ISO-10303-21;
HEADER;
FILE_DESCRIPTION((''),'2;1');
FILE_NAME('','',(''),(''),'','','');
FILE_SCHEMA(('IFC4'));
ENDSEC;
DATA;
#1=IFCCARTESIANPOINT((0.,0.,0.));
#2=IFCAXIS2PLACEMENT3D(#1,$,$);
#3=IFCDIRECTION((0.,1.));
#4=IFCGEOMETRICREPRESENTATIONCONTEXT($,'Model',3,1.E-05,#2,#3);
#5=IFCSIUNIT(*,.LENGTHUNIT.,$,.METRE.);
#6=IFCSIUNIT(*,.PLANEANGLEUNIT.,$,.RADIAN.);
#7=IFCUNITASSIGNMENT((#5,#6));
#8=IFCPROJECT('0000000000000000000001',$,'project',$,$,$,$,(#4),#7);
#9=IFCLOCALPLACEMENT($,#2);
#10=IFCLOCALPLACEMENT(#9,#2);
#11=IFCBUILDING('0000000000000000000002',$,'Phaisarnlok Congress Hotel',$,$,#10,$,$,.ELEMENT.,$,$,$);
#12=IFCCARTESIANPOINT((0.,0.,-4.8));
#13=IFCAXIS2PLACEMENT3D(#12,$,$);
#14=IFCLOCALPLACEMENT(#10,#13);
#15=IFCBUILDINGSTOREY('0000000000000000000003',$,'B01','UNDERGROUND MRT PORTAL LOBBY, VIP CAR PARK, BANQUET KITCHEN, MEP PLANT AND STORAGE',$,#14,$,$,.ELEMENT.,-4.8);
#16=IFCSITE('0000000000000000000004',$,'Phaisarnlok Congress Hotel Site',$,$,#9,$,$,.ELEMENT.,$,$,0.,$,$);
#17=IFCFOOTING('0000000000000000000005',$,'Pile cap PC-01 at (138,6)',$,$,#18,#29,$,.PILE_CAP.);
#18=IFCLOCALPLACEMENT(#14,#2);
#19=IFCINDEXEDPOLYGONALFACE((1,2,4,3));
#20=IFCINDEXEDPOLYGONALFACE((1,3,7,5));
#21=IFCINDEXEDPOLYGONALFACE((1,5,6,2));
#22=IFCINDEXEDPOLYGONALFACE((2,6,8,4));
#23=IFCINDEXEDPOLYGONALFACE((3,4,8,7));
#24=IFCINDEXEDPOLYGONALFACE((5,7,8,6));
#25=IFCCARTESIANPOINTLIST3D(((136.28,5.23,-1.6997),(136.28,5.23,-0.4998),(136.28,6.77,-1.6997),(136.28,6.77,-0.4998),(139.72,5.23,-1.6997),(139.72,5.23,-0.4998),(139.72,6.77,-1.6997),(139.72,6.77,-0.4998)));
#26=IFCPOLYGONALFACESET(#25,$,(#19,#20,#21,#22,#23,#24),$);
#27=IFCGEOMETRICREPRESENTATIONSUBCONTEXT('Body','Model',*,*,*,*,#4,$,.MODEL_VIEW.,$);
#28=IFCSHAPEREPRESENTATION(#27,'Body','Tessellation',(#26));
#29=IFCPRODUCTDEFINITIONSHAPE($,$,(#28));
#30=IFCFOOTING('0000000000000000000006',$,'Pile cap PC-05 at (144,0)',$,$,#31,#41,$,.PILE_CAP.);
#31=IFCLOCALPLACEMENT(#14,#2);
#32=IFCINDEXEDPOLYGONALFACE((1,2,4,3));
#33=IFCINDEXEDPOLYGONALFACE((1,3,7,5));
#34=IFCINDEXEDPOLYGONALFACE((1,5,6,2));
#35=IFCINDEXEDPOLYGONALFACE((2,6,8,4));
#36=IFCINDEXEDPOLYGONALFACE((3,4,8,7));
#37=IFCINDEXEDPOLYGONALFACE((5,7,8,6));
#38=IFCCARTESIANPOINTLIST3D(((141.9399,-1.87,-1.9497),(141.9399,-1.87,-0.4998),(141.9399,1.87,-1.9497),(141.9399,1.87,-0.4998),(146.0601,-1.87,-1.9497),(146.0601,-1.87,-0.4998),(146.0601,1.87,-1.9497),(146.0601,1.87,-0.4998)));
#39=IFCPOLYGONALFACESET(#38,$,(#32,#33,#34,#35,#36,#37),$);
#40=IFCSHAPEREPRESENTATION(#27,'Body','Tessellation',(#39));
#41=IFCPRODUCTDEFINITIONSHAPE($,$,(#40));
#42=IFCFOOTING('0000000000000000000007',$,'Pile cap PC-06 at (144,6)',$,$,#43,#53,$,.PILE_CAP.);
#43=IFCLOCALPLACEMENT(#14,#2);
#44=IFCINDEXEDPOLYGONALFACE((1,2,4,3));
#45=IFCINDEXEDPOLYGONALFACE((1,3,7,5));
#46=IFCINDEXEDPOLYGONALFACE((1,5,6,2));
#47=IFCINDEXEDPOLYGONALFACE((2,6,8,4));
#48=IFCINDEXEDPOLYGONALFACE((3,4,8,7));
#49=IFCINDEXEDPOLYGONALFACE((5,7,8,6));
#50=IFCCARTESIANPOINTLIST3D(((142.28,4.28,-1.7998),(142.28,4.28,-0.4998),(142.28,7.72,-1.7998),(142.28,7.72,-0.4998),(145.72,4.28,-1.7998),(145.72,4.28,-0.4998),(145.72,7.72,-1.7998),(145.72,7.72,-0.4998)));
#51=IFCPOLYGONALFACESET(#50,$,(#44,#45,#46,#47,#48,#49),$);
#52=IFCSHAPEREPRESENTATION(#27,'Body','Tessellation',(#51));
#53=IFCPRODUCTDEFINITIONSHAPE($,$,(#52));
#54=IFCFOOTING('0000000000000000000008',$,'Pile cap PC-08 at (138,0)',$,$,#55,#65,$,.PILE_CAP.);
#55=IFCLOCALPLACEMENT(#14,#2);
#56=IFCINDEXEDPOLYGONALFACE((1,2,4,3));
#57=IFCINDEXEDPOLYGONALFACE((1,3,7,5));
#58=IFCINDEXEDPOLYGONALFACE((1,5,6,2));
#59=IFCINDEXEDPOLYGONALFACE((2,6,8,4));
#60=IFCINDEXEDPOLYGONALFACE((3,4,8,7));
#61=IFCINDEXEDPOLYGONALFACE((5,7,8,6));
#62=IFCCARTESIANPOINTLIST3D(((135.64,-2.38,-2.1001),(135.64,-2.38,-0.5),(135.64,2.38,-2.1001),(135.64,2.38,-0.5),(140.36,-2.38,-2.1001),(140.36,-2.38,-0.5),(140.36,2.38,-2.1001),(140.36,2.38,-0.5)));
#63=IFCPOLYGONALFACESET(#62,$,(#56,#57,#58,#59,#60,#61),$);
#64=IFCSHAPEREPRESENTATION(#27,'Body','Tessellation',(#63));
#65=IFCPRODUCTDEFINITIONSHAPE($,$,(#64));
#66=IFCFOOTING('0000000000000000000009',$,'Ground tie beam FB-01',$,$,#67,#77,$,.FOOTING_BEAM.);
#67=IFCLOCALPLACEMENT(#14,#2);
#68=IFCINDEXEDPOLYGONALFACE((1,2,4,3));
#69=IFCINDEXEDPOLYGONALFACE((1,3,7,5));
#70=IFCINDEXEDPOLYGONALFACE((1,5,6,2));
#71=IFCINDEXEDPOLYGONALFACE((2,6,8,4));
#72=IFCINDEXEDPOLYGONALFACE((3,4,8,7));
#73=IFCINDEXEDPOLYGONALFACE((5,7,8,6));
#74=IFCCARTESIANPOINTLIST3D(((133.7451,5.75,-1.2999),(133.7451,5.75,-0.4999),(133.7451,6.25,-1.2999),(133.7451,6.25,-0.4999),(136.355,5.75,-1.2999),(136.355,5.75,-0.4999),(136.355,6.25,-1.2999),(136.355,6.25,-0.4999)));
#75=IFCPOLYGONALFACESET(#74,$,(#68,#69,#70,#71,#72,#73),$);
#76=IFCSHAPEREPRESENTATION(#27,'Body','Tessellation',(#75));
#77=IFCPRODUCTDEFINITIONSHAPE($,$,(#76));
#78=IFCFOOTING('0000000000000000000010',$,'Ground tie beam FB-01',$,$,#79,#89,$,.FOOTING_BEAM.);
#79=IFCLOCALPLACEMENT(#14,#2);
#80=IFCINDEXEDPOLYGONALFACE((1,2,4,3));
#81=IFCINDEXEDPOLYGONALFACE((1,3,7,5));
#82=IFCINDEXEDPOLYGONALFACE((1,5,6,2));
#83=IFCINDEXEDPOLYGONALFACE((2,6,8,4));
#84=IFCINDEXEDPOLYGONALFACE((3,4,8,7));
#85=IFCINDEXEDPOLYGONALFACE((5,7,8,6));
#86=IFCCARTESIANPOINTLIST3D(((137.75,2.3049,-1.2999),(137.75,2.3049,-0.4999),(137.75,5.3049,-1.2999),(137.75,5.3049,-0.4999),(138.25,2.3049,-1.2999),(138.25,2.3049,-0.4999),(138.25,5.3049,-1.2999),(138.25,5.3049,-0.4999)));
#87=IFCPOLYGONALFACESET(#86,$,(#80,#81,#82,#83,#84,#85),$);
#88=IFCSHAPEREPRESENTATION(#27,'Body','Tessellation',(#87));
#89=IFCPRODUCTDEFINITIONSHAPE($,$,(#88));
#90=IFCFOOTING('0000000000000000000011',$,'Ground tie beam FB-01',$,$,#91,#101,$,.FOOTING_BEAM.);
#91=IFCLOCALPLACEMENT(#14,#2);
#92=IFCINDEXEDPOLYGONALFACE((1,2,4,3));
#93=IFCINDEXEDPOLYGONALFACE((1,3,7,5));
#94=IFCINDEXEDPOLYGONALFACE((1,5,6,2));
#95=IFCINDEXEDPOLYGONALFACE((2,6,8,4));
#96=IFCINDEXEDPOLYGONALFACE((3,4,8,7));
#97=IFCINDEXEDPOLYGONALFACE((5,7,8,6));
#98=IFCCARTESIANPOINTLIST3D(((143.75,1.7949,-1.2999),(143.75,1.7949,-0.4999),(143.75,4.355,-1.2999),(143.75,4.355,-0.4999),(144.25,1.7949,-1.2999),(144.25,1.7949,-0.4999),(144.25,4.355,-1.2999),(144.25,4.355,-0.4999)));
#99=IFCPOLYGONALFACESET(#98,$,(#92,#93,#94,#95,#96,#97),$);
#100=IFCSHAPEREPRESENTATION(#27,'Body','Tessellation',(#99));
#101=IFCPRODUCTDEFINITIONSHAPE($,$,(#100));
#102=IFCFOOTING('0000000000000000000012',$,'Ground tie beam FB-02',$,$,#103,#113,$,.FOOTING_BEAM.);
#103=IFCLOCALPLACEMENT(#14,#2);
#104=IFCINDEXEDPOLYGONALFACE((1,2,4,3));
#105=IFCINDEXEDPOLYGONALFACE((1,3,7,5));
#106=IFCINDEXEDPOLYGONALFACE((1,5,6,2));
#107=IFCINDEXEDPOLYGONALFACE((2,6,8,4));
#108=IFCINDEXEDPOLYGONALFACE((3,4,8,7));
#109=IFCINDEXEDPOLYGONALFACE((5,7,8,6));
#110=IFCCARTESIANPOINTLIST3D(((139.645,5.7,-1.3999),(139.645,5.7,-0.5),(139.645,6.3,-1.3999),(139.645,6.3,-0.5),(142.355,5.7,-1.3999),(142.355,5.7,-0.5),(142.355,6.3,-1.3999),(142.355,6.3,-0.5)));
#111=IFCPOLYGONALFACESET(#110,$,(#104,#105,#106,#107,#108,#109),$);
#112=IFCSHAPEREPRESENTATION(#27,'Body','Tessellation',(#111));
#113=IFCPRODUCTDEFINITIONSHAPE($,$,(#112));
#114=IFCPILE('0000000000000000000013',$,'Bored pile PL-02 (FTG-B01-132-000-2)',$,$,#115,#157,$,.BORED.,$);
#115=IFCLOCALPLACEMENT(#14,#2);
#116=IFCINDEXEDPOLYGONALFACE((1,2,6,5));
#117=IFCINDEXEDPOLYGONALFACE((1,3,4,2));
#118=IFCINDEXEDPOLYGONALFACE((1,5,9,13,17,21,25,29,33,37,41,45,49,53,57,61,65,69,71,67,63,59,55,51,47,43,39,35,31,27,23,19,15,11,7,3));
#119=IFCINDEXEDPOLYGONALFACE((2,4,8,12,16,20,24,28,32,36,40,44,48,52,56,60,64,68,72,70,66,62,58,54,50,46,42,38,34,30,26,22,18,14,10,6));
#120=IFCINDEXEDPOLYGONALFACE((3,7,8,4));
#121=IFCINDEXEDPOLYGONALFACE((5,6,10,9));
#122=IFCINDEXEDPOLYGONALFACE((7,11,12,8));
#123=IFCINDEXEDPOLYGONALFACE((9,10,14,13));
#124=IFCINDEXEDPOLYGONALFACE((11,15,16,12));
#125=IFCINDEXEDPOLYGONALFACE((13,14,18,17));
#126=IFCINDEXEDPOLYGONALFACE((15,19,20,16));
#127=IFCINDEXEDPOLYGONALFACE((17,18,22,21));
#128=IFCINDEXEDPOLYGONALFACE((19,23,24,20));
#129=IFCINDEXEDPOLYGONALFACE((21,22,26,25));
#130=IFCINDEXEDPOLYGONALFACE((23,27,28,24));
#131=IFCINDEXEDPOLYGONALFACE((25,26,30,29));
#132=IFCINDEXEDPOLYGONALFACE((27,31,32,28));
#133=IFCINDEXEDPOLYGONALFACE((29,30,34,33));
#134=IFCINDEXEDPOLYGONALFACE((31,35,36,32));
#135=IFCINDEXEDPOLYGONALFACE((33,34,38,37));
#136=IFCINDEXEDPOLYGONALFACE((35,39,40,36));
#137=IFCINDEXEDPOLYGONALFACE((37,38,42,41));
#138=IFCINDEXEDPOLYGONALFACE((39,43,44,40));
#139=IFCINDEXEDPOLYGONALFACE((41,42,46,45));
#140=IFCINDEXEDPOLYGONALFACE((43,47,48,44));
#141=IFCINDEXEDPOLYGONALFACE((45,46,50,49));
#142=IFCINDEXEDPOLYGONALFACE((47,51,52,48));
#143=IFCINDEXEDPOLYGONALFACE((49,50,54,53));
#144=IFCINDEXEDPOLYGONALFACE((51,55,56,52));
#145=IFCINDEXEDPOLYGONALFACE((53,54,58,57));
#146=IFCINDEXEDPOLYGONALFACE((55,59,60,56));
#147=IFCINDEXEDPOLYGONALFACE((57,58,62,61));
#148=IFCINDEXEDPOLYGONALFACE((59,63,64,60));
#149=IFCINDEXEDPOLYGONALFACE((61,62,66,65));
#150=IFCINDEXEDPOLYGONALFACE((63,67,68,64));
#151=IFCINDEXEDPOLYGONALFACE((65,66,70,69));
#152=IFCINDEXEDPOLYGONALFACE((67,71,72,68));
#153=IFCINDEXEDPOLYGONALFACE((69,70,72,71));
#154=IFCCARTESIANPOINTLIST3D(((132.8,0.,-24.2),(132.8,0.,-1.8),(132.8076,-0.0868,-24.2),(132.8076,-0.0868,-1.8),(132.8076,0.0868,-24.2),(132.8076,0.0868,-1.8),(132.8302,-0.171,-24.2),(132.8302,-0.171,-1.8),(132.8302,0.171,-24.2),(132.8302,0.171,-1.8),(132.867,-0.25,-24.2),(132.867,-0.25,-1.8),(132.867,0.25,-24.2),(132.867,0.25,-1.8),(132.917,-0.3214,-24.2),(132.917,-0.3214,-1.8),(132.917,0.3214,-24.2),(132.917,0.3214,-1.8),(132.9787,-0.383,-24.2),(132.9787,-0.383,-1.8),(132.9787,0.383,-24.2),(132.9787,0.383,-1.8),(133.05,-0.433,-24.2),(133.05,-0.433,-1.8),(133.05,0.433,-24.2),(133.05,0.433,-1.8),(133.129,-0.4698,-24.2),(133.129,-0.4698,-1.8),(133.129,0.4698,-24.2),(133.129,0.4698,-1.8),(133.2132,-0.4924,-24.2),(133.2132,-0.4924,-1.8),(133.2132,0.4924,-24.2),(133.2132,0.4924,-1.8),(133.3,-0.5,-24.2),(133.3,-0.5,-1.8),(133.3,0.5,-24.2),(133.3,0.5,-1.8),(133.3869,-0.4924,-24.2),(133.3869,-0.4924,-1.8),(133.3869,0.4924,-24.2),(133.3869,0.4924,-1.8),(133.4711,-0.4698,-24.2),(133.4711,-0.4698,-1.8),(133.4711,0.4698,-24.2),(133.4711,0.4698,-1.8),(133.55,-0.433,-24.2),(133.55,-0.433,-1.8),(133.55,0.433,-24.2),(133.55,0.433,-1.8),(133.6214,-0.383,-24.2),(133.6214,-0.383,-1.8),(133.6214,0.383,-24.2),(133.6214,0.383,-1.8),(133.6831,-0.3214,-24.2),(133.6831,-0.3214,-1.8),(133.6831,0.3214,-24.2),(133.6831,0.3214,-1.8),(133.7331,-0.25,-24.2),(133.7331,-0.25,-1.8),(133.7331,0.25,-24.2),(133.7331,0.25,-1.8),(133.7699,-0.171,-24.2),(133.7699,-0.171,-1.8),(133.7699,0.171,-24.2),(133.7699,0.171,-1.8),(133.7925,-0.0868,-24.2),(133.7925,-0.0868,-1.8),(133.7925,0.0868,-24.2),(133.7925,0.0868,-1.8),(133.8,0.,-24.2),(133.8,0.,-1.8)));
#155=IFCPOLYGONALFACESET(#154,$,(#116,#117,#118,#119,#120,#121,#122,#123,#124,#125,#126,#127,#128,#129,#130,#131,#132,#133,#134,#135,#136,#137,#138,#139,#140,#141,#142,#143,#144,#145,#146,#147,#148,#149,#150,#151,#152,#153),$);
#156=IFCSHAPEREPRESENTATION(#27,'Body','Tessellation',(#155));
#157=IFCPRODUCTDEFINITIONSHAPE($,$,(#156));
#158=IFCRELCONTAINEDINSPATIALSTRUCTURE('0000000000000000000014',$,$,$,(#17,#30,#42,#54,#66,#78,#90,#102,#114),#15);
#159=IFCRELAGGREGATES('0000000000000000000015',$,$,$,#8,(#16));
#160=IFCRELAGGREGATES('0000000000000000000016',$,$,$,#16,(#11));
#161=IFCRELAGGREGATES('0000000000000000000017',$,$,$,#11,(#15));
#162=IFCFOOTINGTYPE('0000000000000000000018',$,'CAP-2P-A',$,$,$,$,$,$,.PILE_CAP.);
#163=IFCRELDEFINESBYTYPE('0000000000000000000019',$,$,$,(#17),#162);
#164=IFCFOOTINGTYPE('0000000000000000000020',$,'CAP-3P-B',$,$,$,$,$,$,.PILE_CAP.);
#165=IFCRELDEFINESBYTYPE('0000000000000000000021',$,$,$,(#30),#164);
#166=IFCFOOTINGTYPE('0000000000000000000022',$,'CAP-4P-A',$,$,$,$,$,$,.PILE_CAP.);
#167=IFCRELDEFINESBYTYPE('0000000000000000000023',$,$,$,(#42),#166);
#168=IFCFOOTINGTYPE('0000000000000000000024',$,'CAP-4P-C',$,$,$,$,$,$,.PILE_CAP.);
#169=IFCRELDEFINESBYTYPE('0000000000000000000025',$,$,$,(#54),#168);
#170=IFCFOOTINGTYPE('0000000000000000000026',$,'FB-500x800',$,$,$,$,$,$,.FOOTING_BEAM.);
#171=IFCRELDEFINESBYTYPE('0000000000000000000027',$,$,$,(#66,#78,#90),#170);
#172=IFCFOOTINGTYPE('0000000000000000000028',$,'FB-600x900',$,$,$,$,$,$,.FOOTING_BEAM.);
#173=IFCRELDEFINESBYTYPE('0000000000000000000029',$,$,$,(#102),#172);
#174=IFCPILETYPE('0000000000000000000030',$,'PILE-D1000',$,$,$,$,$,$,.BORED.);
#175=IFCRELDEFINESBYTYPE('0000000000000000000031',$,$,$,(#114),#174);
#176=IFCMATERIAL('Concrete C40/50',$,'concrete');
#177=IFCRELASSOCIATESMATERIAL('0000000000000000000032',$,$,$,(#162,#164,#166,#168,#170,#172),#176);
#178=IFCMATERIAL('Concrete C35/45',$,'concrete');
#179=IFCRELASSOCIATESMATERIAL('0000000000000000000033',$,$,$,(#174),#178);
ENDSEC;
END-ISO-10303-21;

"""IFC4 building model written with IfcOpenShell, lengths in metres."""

from ifc_helpers import new_model, si_unit, direction, frame, origin, origin_2d, place, context, subcontext, project, spatial, rectangle, circle, extrude, material, material_profile, profile_set, type_object, element, save


model = new_model("IFC4")

# Units and contexts
model_context = context("Model", 3, precision=1e-05, world=origin(), true_north=direction((0.0, 1.0)))
body_context = subcontext(model_context, "Body", "Model", "MODEL_VIEW")
ifc_project = project(units=[si_unit("LENGTHUNIT", "METRE"), si_unit("PLANEANGLEUNIT", "RADIAN")], contexts=[model_context])

# Site, building, storey
site_placement = place(None, origin())
site = spatial("IfcSite", under=ifc_project, at=site_placement, Name="Phaisarnlok Congress Hotel Site", CompositionType="ELEMENT", RefElevation=0.0)
building_placement = place(site_placement, origin())
building = spatial("IfcBuilding", under=site, at=building_placement, Name="Phaisarnlok Congress Hotel", CompositionType="ELEMENT")
storey_placement = place(building_placement, frame((0.0, 0.0, -4.8)))
storey = spatial("IfcBuildingStorey", under=building, at=storey_placement, Name="B01", Description="UNDERGROUND MRT PORTAL LOBBY, VIP CAR PARK, BANQUET KITCHEN, MEP PLANT AND STORAGE", CompositionType="ELEMENT", Elevation=-4.8)

# Footings
ifc_material_1 = material(Name="Concrete C40/50", Category="concrete")
footing_type_1 = type_object("IfcFootingType", Name="CAP-2P-A", PredefinedType="PILE_CAP", material=ifc_material_1)
footing_1_placement = place(storey_placement, frame((138.0, 6.0, -1.6997), z_axis=(0.0, 0.0, 1.0), x_axis=(1.0, 0.0, 0.0)))
element("IfcFooting", 1, at=footing_1_placement, inside=storey, type_object=footing_type_1, Name="Pile cap PC-01 at (138,6)", PredefinedType="PILE_CAP", context=body_context, shape_type="SweptSolid", body=[
    extrude(rectangle(XDim=3.4399, YDim=1.54, at=origin_2d()), origin(), (0.0, 0.0, 1.0), 1.2),
])
footing_type_2 = type_object("IfcFootingType", Name="CAP-3P-B", PredefinedType="PILE_CAP", material=ifc_material_1)
footing_2_placement = place(storey_placement, frame((144.0, 0.0, -1.9497), z_axis=(0.0, 0.0, 1.0), x_axis=(1.0, 0.0, 0.0)))
element("IfcFooting", 2, at=footing_2_placement, inside=storey, type_object=footing_type_2, Name="Pile cap PC-05 at (144,0)", PredefinedType="PILE_CAP", context=body_context, shape_type="SweptSolid", body=[
    extrude(rectangle(XDim=4.1201, YDim=3.74, at=origin_2d()), origin(), (0.0, 0.0, 1.0), 1.45),
])
footing_type_3 = type_object("IfcFootingType", Name="CAP-4P-A", PredefinedType="PILE_CAP", material=ifc_material_1)
footing_3_placement = place(storey_placement, frame((144.0, 6.0, -1.7998), z_axis=(0.0, 0.0, 1.0), x_axis=(1.0, 0.0, 0.0)))
element("IfcFooting", 3, at=footing_3_placement, inside=storey, type_object=footing_type_3, Name="Pile cap PC-06 at (144,6)", PredefinedType="PILE_CAP", context=body_context, shape_type="SweptSolid", body=[
    extrude(rectangle(XDim=3.4399, YDim=3.4399, at=origin_2d()), origin(), (0.0, 0.0, 1.0), 1.3),
])
footing_type_4 = type_object("IfcFootingType", Name="CAP-4P-C", PredefinedType="PILE_CAP", material=ifc_material_1)
footing_4_placement = place(storey_placement, frame((138.0, 0.0, -2.1001), z_axis=(0.0, 0.0, 1.0), x_axis=(1.0, 0.0, 0.0)))
element("IfcFooting", 4, at=footing_4_placement, inside=storey, type_object=footing_type_4, Name="Pile cap PC-08 at (138,0)", PredefinedType="PILE_CAP", context=body_context, shape_type="SweptSolid", body=[
    extrude(rectangle(XDim=4.72, YDim=4.76, at=origin_2d()), origin(), (0.0, 0.0, 1.0), 1.6001),
])
ifc_material_profile_1 = material_profile(ifc_material_1, rectangle(XDim=0.5, YDim=0.8, at=origin_2d()), Name="FB-500x800")
ifc_profile_set_1 = profile_set([ifc_material_profile_1], Name="Concrete C40/50")
footing_type_5 = type_object("IfcFootingType", Name="FB-500x800", PredefinedType="FOOTING_BEAM", material=ifc_profile_set_1)
footing_5_placement = place(storey_placement, frame((133.7451, 6.0, -0.8999), z_axis=(1.0, 0.0, 0.0), x_axis=(0.0, 1.0, 0.0)))
element("IfcFooting", 5, at=footing_5_placement, inside=storey, type_object=footing_type_5, Name="Ground tie beam FB-01", PredefinedType="FOOTING_BEAM", context=body_context, shape_type="SweptSolid", body=[
    extrude(rectangle(XDim=0.5, YDim=0.8, at=origin_2d()), origin(), (0.0, 0.0, 1.0), 2.6099),
])
footing_6_placement = place(storey_placement, frame((138.0, 2.3049, -0.8999), z_axis=(0.0, 1.0, 0.0), x_axis=(-1.0, 0.0, 0.0)))
element("IfcFooting", 6, at=footing_6_placement, inside=storey, type_object=footing_type_5, Name="Ground tie beam FB-01", PredefinedType="FOOTING_BEAM", context=body_context, shape_type="SweptSolid", body=[
    extrude(rectangle(XDim=0.5, YDim=0.8, at=origin_2d()), origin(), (0.0, 0.0, 1.0), 3.0),
])
footing_7_placement = place(storey_placement, frame((144.0, 1.7949, -0.8999), z_axis=(0.0, 1.0, 0.0), x_axis=(-1.0, 0.0, 0.0)))
element("IfcFooting", 7, at=footing_7_placement, inside=storey, type_object=footing_type_5, Name="Ground tie beam FB-01", PredefinedType="FOOTING_BEAM", context=body_context, shape_type="SweptSolid", body=[
    extrude(rectangle(XDim=0.5, YDim=0.8, at=origin_2d()), origin(), (0.0, 0.0, 1.0), 2.5601),
])
ifc_material_profile_2 = material_profile(ifc_material_1, rectangle(XDim=0.6001, YDim=0.8999, at=origin_2d()), Name="FB-600x900")
ifc_profile_set_2 = profile_set([ifc_material_profile_2], Name="Concrete C40/50")
footing_type_6 = type_object("IfcFootingType", Name="FB-600x900", PredefinedType="FOOTING_BEAM", material=ifc_profile_set_2)
footing_8_placement = place(storey_placement, frame((139.645, 6.0, -0.95), z_axis=(1.0, 0.0, 0.0), x_axis=(0.0, 1.0, 0.0)))
element("IfcFooting", 8, at=footing_8_placement, inside=storey, type_object=footing_type_6, Name="Ground tie beam FB-02", PredefinedType="FOOTING_BEAM", context=body_context, shape_type="SweptSolid", body=[
    extrude(rectangle(XDim=0.6001, YDim=0.8999, at=origin_2d()), origin(), (0.0, 0.0, 1.0), 2.71),
])

# Pile
ifc_material_2 = material(Name="Concrete C35/45", Category="concrete")
ifc_material_profile_3 = material_profile(ifc_material_2, circle(Radius=0.5, at=origin_2d()), Name="BORED PILE D1000")
ifc_profile_set_3 = profile_set([ifc_material_profile_3], Name="Concrete C35/45")
pile_type_1 = type_object("IfcPileType", Name="PILE-D1000", PredefinedType="BORED", material=ifc_profile_set_3)
pile_1_placement = place(storey_placement, frame((133.3, 0.0, -1.8), z_axis=(0.0, 0.0, -1.0), x_axis=(1.0, 0.0, 0.0)))
element("IfcPile", 9, at=pile_1_placement, inside=storey, type_object=pile_type_1, Name="Bored pile PL-02 (FTG-B01-132-000-2)", PredefinedType="BORED", context=body_context, shape_type="SweptSolid", body=[
    extrude(circle(Radius=0.5, at=origin_2d()), origin(), (0.0, 0.0, 1.0), 22.3999),
])

save(model, "model.ifc")
